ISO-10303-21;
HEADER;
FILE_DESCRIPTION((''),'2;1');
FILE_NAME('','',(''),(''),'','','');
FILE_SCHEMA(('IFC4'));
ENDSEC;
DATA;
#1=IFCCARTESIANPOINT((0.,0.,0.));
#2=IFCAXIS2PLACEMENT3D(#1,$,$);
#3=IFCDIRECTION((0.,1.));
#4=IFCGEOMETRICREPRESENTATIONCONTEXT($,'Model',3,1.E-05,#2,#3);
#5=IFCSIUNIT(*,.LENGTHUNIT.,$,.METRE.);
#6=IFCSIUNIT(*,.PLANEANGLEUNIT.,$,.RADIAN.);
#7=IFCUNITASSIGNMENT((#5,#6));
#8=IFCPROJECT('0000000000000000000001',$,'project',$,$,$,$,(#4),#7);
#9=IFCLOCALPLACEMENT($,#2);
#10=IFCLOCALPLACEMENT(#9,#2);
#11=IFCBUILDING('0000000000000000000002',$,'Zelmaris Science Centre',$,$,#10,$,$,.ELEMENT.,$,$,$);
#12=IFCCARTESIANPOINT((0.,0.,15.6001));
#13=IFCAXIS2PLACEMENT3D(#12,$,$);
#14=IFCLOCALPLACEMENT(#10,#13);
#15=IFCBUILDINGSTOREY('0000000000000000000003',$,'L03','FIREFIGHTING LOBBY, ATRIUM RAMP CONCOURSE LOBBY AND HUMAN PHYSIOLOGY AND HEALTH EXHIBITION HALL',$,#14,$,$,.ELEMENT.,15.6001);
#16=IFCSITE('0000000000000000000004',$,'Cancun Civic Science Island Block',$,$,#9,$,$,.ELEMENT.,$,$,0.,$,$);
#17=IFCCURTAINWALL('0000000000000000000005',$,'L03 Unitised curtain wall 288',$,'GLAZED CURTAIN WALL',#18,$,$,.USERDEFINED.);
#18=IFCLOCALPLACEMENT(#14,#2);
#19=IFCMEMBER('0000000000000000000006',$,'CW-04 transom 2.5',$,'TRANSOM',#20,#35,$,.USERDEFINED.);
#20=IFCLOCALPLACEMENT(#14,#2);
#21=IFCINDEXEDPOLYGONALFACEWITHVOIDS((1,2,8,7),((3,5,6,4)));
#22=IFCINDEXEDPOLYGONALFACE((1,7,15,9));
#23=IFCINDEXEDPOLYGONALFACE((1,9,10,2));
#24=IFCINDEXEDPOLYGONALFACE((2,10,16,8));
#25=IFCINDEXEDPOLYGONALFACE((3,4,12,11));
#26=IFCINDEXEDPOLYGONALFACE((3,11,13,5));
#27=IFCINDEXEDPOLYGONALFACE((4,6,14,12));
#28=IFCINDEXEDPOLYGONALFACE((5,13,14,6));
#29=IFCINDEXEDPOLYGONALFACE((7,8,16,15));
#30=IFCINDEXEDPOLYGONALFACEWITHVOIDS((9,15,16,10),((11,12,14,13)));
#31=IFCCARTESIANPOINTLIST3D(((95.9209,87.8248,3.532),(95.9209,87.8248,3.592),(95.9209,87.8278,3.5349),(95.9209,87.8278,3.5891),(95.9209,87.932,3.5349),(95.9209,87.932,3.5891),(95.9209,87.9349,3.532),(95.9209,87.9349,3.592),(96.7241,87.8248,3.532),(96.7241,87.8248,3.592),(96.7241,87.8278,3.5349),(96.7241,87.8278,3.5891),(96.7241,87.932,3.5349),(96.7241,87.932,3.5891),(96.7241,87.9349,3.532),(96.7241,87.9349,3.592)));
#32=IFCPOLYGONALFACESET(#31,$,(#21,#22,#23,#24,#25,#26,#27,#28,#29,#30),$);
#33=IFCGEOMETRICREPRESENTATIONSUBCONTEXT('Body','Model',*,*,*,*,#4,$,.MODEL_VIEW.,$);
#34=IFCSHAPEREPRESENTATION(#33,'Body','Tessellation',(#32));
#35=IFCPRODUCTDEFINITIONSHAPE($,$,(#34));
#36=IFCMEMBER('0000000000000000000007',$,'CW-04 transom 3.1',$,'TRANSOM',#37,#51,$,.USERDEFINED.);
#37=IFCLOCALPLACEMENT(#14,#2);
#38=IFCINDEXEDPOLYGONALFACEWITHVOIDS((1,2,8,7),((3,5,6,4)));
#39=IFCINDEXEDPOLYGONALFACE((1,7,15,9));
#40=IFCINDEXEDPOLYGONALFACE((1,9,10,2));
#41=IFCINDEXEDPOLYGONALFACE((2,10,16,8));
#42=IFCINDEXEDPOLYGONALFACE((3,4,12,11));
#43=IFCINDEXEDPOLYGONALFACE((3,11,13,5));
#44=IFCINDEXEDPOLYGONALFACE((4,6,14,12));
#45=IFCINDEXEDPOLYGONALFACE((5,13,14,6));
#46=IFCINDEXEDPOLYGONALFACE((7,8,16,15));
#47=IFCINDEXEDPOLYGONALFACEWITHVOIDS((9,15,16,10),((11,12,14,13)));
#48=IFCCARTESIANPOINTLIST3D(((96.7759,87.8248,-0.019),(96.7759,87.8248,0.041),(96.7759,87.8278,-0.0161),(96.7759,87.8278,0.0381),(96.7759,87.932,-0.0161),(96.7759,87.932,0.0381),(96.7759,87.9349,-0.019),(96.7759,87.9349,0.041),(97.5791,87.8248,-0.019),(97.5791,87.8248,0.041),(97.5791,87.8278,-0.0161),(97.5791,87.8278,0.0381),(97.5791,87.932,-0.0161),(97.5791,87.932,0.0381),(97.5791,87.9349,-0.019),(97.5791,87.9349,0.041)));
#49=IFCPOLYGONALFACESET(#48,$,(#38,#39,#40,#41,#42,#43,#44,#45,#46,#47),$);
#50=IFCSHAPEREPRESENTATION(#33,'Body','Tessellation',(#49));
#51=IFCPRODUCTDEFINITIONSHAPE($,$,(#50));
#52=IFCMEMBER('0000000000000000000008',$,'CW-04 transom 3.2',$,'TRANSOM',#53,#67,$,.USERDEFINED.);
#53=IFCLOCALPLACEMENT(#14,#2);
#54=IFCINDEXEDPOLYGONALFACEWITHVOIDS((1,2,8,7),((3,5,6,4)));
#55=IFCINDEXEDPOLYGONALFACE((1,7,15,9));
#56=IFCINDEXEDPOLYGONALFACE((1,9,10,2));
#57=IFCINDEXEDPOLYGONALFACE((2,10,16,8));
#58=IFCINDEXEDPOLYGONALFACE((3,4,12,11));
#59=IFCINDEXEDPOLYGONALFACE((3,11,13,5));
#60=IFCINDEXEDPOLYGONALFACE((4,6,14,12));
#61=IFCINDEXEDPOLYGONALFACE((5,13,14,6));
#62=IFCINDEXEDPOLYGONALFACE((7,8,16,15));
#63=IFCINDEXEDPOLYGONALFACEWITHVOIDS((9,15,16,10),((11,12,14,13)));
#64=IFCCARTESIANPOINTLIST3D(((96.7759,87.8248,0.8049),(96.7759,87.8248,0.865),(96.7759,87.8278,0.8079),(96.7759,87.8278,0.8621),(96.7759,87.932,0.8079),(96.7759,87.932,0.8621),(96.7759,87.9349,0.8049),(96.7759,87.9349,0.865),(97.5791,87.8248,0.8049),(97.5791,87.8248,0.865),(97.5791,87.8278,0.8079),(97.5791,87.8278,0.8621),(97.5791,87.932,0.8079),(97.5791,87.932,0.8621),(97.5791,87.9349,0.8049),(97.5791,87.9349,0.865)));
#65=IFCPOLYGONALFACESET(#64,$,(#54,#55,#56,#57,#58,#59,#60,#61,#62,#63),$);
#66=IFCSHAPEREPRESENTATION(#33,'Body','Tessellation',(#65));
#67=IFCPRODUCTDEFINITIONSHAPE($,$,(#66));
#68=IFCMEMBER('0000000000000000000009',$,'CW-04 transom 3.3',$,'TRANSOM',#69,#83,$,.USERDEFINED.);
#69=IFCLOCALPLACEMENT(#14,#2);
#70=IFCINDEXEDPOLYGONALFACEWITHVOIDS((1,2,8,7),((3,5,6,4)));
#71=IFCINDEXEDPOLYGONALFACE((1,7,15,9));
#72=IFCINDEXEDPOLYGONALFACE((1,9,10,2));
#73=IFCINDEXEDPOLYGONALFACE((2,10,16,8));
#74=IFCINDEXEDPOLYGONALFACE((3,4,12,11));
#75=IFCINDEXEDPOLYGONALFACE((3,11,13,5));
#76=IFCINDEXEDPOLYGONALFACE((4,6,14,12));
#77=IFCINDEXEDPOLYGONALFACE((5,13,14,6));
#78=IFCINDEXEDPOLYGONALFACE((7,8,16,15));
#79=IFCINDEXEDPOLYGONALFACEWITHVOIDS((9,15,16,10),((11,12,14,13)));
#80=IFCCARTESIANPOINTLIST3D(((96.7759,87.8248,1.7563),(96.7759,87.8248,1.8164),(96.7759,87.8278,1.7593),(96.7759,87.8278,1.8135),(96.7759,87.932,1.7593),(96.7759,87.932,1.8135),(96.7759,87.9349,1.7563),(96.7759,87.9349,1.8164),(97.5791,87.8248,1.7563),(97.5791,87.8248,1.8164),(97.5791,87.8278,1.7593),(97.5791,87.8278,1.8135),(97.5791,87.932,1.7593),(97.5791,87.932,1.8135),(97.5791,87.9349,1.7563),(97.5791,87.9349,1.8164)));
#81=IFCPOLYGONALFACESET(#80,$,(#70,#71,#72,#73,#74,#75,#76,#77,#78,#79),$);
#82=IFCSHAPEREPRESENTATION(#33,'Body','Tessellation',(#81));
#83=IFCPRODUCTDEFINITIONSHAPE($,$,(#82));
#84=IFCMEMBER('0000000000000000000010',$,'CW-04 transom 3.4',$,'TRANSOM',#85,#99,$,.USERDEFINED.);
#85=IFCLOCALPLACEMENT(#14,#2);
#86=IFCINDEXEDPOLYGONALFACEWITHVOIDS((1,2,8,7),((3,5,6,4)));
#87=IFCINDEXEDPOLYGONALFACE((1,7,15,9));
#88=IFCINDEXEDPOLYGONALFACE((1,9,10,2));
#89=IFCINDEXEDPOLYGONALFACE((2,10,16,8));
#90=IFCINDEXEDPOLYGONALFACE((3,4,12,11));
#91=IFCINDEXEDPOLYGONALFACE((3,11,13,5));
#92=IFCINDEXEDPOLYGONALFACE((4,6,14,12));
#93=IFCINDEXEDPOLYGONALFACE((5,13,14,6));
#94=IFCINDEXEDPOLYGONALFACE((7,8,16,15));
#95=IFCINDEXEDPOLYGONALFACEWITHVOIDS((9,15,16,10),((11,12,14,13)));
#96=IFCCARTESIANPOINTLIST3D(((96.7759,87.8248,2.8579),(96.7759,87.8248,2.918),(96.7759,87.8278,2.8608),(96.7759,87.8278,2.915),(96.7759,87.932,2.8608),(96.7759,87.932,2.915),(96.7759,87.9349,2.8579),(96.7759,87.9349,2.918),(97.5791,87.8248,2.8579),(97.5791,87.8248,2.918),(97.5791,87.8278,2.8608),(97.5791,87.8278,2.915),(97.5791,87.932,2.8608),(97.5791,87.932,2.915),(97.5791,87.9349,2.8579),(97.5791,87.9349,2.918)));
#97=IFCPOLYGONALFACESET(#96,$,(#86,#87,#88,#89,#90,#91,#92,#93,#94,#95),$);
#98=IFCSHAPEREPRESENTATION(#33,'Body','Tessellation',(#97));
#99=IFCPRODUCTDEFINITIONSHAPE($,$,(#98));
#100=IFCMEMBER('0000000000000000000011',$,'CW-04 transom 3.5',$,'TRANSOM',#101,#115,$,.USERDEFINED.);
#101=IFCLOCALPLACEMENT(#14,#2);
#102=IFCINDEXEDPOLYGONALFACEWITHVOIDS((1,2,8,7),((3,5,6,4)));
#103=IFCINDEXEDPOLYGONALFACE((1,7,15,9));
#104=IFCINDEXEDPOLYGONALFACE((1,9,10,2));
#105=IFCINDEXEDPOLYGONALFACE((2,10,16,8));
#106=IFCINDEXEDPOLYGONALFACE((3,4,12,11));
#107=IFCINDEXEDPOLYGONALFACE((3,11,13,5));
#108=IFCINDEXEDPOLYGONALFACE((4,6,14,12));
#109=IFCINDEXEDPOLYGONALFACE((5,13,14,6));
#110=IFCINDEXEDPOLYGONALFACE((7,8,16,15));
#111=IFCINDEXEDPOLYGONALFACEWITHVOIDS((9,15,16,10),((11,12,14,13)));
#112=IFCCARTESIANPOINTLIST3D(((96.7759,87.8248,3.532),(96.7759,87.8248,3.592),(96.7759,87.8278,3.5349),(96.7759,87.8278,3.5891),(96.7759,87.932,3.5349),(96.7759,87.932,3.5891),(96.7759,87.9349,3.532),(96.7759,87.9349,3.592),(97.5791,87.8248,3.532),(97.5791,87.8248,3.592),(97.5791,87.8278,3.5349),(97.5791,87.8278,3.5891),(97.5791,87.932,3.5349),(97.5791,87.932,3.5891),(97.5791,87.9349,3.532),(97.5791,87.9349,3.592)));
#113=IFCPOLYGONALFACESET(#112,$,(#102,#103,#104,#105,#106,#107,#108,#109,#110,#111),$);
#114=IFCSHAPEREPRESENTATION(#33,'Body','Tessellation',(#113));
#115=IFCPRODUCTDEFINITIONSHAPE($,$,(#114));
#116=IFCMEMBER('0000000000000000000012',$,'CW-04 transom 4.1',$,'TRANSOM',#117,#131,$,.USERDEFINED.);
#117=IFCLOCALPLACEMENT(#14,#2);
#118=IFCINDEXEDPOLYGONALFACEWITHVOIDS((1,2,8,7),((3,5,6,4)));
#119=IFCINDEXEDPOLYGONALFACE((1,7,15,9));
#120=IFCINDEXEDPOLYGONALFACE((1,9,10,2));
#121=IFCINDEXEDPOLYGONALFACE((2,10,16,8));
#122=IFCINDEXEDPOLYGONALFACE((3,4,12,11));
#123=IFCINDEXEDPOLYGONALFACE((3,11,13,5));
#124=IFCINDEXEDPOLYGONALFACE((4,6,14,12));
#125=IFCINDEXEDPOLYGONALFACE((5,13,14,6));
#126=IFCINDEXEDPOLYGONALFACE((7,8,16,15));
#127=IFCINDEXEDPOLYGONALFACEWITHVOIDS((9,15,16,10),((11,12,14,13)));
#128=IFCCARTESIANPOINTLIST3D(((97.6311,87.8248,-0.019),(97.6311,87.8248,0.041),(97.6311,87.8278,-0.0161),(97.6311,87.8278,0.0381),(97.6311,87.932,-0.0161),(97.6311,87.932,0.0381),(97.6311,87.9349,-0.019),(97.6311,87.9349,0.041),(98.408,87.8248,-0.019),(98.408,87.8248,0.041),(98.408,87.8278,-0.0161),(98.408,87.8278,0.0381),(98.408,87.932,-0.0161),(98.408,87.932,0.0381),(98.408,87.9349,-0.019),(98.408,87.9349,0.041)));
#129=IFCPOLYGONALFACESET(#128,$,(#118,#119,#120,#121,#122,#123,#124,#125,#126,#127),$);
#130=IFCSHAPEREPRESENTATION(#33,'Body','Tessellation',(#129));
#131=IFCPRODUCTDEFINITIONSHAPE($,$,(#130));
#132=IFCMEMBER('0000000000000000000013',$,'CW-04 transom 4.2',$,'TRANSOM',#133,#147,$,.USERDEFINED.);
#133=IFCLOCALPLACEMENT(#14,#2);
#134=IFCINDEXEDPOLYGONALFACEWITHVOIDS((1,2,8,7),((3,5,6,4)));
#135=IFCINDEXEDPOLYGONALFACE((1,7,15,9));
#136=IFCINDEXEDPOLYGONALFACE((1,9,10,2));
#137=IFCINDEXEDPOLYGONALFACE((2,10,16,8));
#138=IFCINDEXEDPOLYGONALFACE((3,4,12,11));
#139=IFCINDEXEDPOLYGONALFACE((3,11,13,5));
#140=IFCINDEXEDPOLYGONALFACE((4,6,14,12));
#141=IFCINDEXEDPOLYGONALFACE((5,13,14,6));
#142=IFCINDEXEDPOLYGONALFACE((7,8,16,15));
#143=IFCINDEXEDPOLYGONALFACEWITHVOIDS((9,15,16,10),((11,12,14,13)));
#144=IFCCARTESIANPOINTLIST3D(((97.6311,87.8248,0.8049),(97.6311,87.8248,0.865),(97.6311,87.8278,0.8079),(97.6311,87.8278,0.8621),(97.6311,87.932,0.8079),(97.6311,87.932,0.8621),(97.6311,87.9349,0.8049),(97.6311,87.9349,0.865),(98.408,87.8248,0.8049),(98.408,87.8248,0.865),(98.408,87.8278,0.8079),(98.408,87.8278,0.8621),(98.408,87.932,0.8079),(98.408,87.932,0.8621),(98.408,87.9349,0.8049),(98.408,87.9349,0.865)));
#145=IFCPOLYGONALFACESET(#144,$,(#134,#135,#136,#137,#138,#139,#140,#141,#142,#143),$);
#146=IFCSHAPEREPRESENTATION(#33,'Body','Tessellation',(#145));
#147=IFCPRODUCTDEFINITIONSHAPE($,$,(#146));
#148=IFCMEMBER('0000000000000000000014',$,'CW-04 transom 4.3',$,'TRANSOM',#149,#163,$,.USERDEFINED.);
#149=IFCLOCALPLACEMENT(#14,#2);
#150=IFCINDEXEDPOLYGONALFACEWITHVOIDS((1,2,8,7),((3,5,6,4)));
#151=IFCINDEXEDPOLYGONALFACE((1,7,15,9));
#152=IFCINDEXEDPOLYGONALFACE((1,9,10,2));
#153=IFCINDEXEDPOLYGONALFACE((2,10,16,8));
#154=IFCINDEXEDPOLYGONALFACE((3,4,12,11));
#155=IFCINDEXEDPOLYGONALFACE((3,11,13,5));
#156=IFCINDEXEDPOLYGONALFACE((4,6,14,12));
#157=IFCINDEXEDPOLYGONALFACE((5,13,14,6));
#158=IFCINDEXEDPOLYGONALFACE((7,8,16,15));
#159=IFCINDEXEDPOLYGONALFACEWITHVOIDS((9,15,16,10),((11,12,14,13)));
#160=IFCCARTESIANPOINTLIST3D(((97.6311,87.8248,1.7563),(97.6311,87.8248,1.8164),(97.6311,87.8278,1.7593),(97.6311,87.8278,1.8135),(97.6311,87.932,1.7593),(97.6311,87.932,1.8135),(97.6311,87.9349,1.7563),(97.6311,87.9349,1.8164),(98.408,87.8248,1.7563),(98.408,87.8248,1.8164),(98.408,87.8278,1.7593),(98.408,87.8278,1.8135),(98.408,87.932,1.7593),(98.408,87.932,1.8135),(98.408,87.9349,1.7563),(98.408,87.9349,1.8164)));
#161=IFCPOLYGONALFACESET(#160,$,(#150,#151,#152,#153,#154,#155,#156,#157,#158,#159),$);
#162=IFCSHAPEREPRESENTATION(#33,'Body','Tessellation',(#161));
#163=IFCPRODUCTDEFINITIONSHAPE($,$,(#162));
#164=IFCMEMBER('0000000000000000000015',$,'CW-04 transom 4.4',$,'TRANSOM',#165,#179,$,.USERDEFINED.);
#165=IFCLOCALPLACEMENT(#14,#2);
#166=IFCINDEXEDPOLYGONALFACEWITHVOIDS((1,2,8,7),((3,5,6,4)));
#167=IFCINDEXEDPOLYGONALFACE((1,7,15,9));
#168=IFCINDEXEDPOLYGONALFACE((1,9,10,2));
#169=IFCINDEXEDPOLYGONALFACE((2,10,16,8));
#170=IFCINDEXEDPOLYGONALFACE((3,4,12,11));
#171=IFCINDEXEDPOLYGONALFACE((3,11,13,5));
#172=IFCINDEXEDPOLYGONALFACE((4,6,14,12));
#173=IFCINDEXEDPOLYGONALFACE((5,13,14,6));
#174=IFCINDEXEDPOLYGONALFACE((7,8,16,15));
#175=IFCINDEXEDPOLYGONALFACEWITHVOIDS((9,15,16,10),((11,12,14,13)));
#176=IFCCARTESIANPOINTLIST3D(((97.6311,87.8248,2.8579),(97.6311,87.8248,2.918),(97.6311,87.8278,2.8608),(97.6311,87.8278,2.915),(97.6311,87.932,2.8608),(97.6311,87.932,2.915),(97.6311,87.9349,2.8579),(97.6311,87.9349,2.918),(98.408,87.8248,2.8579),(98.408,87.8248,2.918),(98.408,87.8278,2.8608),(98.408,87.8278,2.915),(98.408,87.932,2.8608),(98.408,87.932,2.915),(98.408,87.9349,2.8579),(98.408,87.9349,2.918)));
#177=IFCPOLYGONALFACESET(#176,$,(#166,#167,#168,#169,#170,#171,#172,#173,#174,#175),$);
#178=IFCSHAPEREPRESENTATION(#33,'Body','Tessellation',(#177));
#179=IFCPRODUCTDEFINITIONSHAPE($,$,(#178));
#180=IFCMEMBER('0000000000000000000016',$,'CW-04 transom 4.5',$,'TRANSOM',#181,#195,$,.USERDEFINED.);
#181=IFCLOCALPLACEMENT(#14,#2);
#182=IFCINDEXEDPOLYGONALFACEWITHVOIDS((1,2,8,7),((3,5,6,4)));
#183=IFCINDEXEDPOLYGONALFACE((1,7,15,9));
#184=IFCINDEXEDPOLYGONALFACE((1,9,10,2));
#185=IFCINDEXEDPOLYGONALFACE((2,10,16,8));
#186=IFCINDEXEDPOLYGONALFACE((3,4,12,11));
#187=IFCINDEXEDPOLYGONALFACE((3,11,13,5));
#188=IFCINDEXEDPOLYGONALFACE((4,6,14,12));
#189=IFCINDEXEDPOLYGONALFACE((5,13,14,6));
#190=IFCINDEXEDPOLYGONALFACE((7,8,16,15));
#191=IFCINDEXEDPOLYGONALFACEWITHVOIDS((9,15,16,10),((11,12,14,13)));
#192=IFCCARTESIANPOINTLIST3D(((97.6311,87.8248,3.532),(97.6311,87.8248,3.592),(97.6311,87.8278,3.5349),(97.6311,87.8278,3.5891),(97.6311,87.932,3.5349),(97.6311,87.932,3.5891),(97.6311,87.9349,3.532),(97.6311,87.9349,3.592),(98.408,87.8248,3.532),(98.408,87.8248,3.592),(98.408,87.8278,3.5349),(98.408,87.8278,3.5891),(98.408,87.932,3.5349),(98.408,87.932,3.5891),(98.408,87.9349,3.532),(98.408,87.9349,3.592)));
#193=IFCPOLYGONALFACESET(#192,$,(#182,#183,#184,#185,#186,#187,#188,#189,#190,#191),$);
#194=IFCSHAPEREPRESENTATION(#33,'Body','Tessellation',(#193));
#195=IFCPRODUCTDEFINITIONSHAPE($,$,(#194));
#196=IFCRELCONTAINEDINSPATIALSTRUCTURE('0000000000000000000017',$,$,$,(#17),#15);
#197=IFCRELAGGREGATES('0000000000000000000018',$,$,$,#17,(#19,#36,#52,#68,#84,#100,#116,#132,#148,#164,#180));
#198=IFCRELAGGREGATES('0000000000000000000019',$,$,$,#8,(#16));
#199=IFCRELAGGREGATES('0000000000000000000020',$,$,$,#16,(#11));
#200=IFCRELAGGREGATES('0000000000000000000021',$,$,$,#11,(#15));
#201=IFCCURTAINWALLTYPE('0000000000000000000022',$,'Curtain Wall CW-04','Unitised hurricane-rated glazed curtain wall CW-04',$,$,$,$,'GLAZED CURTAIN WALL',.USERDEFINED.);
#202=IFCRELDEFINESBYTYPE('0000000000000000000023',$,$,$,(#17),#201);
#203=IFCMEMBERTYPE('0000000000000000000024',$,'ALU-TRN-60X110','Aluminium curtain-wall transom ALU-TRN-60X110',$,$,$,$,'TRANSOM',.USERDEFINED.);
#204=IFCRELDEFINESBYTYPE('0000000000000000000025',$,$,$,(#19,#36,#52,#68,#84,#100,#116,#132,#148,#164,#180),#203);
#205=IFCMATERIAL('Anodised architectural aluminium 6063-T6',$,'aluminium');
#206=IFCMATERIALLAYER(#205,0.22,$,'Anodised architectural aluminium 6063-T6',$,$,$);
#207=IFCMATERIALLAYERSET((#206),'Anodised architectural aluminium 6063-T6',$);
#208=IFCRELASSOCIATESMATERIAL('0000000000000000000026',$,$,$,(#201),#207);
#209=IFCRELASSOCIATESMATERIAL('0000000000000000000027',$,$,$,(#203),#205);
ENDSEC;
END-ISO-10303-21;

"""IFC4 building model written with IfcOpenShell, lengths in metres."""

from ifc_helpers import new_model, si_unit, direction, frame, origin, origin_2d, place, context, subcontext, project, spatial, hollow_rectangle, extrude, material, layer, layer_set, material_profile, profile_set, type_object, element, aggregate, save


model = new_model("IFC4")

# Units and contexts
model_context = context("Model", 3, precision=1e-05, world=origin(), true_north=direction((0.0, 1.0)))
body_context = subcontext(model_context, "Body", "Model", "MODEL_VIEW")
ifc_project = project(units=[si_unit("LENGTHUNIT", "METRE"), si_unit("PLANEANGLEUNIT", "RADIAN")], contexts=[model_context])

# Site, building, storey
site_placement = place(None, origin())
site = spatial("IfcSite", under=ifc_project, at=site_placement, Name="Cancun Civic Science Island Block", CompositionType="ELEMENT", RefElevation=0.0)
building_placement = place(site_placement, origin())
building = spatial("IfcBuilding", under=site, at=building_placement, Name="Zelmaris Science Centre", CompositionType="ELEMENT")
storey_placement = place(building_placement, frame((0.0, 0.0, 15.6001)))
storey = spatial("IfcBuildingStorey", under=building, at=storey_placement, Name="L03", Description="FIREFIGHTING LOBBY, ATRIUM RAMP CONCOURSE LOBBY AND HUMAN PHYSIOLOGY AND HEALTH EXHIBITION HALL", CompositionType="ELEMENT", Elevation=15.6001)

# Curtain wall
ifc_material_1 = material(Name="Anodised architectural aluminium 6063-T6", Category="aluminium")
ifc_layer_1 = layer(ifc_material_1, 0.22, Name="Anodised architectural aluminium 6063-T6")
ifc_layer_set_1 = layer_set([ifc_layer_1], Name="Anodised architectural aluminium 6063-T6")
curtain_wall_type_1 = type_object("IfcCurtainWallType", Name="Curtain Wall CW-04", Description="Unitised hurricane-rated glazed curtain wall CW-04", ElementType="GLAZED CURTAIN WALL", PredefinedType="USERDEFINED", material=ifc_layer_set_1)
curtain_wall_1_placement = place(storey_placement, origin())
curtain_wall_1 = element("IfcCurtainWall", 1, at=curtain_wall_1_placement, inside=storey, type_object=curtain_wall_type_1, Name="L03 Unitised curtain wall 288", ObjectType="GLAZED CURTAIN WALL", PredefinedType="USERDEFINED")

# Members
ifc_material_profile_1 = material_profile(ifc_material_1, hollow_rectangle(XDim=0.0601, YDim=0.1101, WallThickness=0.0029, at=origin_2d()), Name="ALU-TRN-60X110")
ifc_profile_set_1 = profile_set([ifc_material_profile_1], Name="Anodised architectural aluminium 6063-T6")
member_type_1 = type_object("IfcMemberType", Name="ALU-TRN-60X110", Description="Aluminium curtain-wall transom ALU-TRN-60X110", ElementType="TRANSOM", PredefinedType="USERDEFINED", material=ifc_profile_set_1)
member_1_placement = place(storey_placement, frame((95.9209, 87.8799, 3.562), z_axis=(1.0, 0.0, 0.0), x_axis=(0.0, 0.0, 1.0)))
member_1 = element("IfcMember", 2, at=member_1_placement, type_object=member_type_1, Name="CW-04 transom 2.5", ObjectType="TRANSOM", PredefinedType="USERDEFINED", context=body_context, shape_type="SweptSolid", body=[
    extrude(hollow_rectangle(XDim=0.0601, YDim=0.1101, WallThickness=0.0029, at=origin_2d()), origin(), (0.0, 0.0, 1.0), 0.8032),
])
member_2_placement = place(storey_placement, frame((96.7759, 87.8799, 0.011), z_axis=(1.0, 0.0, 0.0), x_axis=(0.0, 0.0, 1.0)))
member_2 = element("IfcMember", 3, at=member_2_placement, type_object=member_type_1, Name="CW-04 transom 3.1", ObjectType="TRANSOM", PredefinedType="USERDEFINED", context=body_context, shape_type="SweptSolid", body=[
    extrude(hollow_rectangle(XDim=0.0601, YDim=0.1101, WallThickness=0.0029, at=origin_2d()), origin(), (0.0, 0.0, 1.0), 0.8032),
])
member_3_placement = place(storey_placement, frame((96.7759, 87.8799, 0.835), z_axis=(1.0, 0.0, 0.0), x_axis=(0.0, 0.0, 1.0)))
member_3 = element("IfcMember", 4, at=member_3_placement, type_object=member_type_1, Name="CW-04 transom 3.2", ObjectType="TRANSOM", PredefinedType="USERDEFINED", context=body_context, shape_type="SweptSolid", body=[
    extrude(hollow_rectangle(XDim=0.0601, YDim=0.1101, WallThickness=0.0029, at=origin_2d()), origin(), (0.0, 0.0, 1.0), 0.8032),
])
member_4_placement = place(storey_placement, frame((96.7759, 87.8799, 1.7864), z_axis=(1.0, 0.0, 0.0), x_axis=(0.0, 0.0, 1.0)))
member_4 = element("IfcMember", 5, at=member_4_placement, type_object=member_type_1, Name="CW-04 transom 3.3", ObjectType="TRANSOM", PredefinedType="USERDEFINED", context=body_context, shape_type="SweptSolid", body=[
    extrude(hollow_rectangle(XDim=0.0601, YDim=0.1101, WallThickness=0.0029, at=origin_2d()), origin(), (0.0, 0.0, 1.0), 0.8032),
])
member_5_placement = place(storey_placement, frame((96.7759, 87.8799, 2.8879), z_axis=(1.0, 0.0, 0.0), x_axis=(0.0, 0.0, 1.0)))
member_5 = element("IfcMember", 6, at=member_5_placement, type_object=member_type_1, Name="CW-04 transom 3.4", ObjectType="TRANSOM", PredefinedType="USERDEFINED", context=body_context, shape_type="SweptSolid", body=[
    extrude(hollow_rectangle(XDim=0.0601, YDim=0.1101, WallThickness=0.0029, at=origin_2d()), origin(), (0.0, 0.0, 1.0), 0.8032),
])
member_6_placement = place(storey_placement, frame((96.7759, 87.8799, 3.562), z_axis=(1.0, 0.0, 0.0), x_axis=(0.0, 0.0, 1.0)))
member_6 = element("IfcMember", 7, at=member_6_placement, type_object=member_type_1, Name="CW-04 transom 3.5", ObjectType="TRANSOM", PredefinedType="USERDEFINED", context=body_context, shape_type="SweptSolid", body=[
    extrude(hollow_rectangle(XDim=0.0601, YDim=0.1101, WallThickness=0.0029, at=origin_2d()), origin(), (0.0, 0.0, 1.0), 0.8032),
])
member_7_placement = place(storey_placement, frame((97.6311, 87.8799, 0.011), z_axis=(1.0, 0.0, 0.0), x_axis=(0.0, 0.0, 1.0)))
member_7 = element("IfcMember", 8, at=member_7_placement, type_object=member_type_1, Name="CW-04 transom 4.1", ObjectType="TRANSOM", PredefinedType="USERDEFINED", context=body_context, shape_type="SweptSolid", body=[
    extrude(hollow_rectangle(XDim=0.0601, YDim=0.1101, WallThickness=0.0029, at=origin_2d()), origin(), (0.0, 0.0, 1.0), 0.7769),
])
member_8_placement = place(storey_placement, frame((97.6311, 87.8799, 0.835), z_axis=(1.0, 0.0, 0.0), x_axis=(0.0, 0.0, 1.0)))
member_8 = element("IfcMember", 9, at=member_8_placement, type_object=member_type_1, Name="CW-04 transom 4.2", ObjectType="TRANSOM", PredefinedType="USERDEFINED", context=body_context, shape_type="SweptSolid", body=[
    extrude(hollow_rectangle(XDim=0.0601, YDim=0.1101, WallThickness=0.0029, at=origin_2d()), origin(), (0.0, 0.0, 1.0), 0.7769),
])
member_9_placement = place(storey_placement, frame((97.6311, 87.8799, 1.7864), z_axis=(1.0, 0.0, 0.0), x_axis=(0.0, 0.0, 1.0)))
member_9 = element("IfcMember", 10, at=member_9_placement, type_object=member_type_1, Name="CW-04 transom 4.3", ObjectType="TRANSOM", PredefinedType="USERDEFINED", context=body_context, shape_type="SweptSolid", body=[
    extrude(hollow_rectangle(XDim=0.0601, YDim=0.1101, WallThickness=0.0029, at=origin_2d()), origin(), (0.0, 0.0, 1.0), 0.7769),
])
member_10_placement = place(storey_placement, frame((97.6311, 87.8799, 2.8879), z_axis=(1.0, 0.0, 0.0), x_axis=(0.0, 0.0, 1.0)))
member_10 = element("IfcMember", 11, at=member_10_placement, type_object=member_type_1, Name="CW-04 transom 4.4", ObjectType="TRANSOM", PredefinedType="USERDEFINED", context=body_context, shape_type="SweptSolid", body=[
    extrude(hollow_rectangle(XDim=0.0601, YDim=0.1101, WallThickness=0.0029, at=origin_2d()), origin(), (0.0, 0.0, 1.0), 0.7769),
])
member_11_placement = place(storey_placement, frame((97.6311, 87.8799, 3.562), z_axis=(1.0, 0.0, 0.0), x_axis=(0.0, 0.0, 1.0)))
member_11 = element("IfcMember", 12, at=member_11_placement, type_object=member_type_1, Name="CW-04 transom 4.5", ObjectType="TRANSOM", PredefinedType="USERDEFINED", context=body_context, shape_type="SweptSolid", body=[
    extrude(hollow_rectangle(XDim=0.0601, YDim=0.1101, WallThickness=0.0029, at=origin_2d()), origin(), (0.0, 0.0, 1.0), 0.7769),
])

aggregate(curtain_wall_1, [member_1, member_2, member_3, member_4, member_5, member_6, member_7, member_8, member_9, member_10, member_11])

save(model, "model.ifc")
